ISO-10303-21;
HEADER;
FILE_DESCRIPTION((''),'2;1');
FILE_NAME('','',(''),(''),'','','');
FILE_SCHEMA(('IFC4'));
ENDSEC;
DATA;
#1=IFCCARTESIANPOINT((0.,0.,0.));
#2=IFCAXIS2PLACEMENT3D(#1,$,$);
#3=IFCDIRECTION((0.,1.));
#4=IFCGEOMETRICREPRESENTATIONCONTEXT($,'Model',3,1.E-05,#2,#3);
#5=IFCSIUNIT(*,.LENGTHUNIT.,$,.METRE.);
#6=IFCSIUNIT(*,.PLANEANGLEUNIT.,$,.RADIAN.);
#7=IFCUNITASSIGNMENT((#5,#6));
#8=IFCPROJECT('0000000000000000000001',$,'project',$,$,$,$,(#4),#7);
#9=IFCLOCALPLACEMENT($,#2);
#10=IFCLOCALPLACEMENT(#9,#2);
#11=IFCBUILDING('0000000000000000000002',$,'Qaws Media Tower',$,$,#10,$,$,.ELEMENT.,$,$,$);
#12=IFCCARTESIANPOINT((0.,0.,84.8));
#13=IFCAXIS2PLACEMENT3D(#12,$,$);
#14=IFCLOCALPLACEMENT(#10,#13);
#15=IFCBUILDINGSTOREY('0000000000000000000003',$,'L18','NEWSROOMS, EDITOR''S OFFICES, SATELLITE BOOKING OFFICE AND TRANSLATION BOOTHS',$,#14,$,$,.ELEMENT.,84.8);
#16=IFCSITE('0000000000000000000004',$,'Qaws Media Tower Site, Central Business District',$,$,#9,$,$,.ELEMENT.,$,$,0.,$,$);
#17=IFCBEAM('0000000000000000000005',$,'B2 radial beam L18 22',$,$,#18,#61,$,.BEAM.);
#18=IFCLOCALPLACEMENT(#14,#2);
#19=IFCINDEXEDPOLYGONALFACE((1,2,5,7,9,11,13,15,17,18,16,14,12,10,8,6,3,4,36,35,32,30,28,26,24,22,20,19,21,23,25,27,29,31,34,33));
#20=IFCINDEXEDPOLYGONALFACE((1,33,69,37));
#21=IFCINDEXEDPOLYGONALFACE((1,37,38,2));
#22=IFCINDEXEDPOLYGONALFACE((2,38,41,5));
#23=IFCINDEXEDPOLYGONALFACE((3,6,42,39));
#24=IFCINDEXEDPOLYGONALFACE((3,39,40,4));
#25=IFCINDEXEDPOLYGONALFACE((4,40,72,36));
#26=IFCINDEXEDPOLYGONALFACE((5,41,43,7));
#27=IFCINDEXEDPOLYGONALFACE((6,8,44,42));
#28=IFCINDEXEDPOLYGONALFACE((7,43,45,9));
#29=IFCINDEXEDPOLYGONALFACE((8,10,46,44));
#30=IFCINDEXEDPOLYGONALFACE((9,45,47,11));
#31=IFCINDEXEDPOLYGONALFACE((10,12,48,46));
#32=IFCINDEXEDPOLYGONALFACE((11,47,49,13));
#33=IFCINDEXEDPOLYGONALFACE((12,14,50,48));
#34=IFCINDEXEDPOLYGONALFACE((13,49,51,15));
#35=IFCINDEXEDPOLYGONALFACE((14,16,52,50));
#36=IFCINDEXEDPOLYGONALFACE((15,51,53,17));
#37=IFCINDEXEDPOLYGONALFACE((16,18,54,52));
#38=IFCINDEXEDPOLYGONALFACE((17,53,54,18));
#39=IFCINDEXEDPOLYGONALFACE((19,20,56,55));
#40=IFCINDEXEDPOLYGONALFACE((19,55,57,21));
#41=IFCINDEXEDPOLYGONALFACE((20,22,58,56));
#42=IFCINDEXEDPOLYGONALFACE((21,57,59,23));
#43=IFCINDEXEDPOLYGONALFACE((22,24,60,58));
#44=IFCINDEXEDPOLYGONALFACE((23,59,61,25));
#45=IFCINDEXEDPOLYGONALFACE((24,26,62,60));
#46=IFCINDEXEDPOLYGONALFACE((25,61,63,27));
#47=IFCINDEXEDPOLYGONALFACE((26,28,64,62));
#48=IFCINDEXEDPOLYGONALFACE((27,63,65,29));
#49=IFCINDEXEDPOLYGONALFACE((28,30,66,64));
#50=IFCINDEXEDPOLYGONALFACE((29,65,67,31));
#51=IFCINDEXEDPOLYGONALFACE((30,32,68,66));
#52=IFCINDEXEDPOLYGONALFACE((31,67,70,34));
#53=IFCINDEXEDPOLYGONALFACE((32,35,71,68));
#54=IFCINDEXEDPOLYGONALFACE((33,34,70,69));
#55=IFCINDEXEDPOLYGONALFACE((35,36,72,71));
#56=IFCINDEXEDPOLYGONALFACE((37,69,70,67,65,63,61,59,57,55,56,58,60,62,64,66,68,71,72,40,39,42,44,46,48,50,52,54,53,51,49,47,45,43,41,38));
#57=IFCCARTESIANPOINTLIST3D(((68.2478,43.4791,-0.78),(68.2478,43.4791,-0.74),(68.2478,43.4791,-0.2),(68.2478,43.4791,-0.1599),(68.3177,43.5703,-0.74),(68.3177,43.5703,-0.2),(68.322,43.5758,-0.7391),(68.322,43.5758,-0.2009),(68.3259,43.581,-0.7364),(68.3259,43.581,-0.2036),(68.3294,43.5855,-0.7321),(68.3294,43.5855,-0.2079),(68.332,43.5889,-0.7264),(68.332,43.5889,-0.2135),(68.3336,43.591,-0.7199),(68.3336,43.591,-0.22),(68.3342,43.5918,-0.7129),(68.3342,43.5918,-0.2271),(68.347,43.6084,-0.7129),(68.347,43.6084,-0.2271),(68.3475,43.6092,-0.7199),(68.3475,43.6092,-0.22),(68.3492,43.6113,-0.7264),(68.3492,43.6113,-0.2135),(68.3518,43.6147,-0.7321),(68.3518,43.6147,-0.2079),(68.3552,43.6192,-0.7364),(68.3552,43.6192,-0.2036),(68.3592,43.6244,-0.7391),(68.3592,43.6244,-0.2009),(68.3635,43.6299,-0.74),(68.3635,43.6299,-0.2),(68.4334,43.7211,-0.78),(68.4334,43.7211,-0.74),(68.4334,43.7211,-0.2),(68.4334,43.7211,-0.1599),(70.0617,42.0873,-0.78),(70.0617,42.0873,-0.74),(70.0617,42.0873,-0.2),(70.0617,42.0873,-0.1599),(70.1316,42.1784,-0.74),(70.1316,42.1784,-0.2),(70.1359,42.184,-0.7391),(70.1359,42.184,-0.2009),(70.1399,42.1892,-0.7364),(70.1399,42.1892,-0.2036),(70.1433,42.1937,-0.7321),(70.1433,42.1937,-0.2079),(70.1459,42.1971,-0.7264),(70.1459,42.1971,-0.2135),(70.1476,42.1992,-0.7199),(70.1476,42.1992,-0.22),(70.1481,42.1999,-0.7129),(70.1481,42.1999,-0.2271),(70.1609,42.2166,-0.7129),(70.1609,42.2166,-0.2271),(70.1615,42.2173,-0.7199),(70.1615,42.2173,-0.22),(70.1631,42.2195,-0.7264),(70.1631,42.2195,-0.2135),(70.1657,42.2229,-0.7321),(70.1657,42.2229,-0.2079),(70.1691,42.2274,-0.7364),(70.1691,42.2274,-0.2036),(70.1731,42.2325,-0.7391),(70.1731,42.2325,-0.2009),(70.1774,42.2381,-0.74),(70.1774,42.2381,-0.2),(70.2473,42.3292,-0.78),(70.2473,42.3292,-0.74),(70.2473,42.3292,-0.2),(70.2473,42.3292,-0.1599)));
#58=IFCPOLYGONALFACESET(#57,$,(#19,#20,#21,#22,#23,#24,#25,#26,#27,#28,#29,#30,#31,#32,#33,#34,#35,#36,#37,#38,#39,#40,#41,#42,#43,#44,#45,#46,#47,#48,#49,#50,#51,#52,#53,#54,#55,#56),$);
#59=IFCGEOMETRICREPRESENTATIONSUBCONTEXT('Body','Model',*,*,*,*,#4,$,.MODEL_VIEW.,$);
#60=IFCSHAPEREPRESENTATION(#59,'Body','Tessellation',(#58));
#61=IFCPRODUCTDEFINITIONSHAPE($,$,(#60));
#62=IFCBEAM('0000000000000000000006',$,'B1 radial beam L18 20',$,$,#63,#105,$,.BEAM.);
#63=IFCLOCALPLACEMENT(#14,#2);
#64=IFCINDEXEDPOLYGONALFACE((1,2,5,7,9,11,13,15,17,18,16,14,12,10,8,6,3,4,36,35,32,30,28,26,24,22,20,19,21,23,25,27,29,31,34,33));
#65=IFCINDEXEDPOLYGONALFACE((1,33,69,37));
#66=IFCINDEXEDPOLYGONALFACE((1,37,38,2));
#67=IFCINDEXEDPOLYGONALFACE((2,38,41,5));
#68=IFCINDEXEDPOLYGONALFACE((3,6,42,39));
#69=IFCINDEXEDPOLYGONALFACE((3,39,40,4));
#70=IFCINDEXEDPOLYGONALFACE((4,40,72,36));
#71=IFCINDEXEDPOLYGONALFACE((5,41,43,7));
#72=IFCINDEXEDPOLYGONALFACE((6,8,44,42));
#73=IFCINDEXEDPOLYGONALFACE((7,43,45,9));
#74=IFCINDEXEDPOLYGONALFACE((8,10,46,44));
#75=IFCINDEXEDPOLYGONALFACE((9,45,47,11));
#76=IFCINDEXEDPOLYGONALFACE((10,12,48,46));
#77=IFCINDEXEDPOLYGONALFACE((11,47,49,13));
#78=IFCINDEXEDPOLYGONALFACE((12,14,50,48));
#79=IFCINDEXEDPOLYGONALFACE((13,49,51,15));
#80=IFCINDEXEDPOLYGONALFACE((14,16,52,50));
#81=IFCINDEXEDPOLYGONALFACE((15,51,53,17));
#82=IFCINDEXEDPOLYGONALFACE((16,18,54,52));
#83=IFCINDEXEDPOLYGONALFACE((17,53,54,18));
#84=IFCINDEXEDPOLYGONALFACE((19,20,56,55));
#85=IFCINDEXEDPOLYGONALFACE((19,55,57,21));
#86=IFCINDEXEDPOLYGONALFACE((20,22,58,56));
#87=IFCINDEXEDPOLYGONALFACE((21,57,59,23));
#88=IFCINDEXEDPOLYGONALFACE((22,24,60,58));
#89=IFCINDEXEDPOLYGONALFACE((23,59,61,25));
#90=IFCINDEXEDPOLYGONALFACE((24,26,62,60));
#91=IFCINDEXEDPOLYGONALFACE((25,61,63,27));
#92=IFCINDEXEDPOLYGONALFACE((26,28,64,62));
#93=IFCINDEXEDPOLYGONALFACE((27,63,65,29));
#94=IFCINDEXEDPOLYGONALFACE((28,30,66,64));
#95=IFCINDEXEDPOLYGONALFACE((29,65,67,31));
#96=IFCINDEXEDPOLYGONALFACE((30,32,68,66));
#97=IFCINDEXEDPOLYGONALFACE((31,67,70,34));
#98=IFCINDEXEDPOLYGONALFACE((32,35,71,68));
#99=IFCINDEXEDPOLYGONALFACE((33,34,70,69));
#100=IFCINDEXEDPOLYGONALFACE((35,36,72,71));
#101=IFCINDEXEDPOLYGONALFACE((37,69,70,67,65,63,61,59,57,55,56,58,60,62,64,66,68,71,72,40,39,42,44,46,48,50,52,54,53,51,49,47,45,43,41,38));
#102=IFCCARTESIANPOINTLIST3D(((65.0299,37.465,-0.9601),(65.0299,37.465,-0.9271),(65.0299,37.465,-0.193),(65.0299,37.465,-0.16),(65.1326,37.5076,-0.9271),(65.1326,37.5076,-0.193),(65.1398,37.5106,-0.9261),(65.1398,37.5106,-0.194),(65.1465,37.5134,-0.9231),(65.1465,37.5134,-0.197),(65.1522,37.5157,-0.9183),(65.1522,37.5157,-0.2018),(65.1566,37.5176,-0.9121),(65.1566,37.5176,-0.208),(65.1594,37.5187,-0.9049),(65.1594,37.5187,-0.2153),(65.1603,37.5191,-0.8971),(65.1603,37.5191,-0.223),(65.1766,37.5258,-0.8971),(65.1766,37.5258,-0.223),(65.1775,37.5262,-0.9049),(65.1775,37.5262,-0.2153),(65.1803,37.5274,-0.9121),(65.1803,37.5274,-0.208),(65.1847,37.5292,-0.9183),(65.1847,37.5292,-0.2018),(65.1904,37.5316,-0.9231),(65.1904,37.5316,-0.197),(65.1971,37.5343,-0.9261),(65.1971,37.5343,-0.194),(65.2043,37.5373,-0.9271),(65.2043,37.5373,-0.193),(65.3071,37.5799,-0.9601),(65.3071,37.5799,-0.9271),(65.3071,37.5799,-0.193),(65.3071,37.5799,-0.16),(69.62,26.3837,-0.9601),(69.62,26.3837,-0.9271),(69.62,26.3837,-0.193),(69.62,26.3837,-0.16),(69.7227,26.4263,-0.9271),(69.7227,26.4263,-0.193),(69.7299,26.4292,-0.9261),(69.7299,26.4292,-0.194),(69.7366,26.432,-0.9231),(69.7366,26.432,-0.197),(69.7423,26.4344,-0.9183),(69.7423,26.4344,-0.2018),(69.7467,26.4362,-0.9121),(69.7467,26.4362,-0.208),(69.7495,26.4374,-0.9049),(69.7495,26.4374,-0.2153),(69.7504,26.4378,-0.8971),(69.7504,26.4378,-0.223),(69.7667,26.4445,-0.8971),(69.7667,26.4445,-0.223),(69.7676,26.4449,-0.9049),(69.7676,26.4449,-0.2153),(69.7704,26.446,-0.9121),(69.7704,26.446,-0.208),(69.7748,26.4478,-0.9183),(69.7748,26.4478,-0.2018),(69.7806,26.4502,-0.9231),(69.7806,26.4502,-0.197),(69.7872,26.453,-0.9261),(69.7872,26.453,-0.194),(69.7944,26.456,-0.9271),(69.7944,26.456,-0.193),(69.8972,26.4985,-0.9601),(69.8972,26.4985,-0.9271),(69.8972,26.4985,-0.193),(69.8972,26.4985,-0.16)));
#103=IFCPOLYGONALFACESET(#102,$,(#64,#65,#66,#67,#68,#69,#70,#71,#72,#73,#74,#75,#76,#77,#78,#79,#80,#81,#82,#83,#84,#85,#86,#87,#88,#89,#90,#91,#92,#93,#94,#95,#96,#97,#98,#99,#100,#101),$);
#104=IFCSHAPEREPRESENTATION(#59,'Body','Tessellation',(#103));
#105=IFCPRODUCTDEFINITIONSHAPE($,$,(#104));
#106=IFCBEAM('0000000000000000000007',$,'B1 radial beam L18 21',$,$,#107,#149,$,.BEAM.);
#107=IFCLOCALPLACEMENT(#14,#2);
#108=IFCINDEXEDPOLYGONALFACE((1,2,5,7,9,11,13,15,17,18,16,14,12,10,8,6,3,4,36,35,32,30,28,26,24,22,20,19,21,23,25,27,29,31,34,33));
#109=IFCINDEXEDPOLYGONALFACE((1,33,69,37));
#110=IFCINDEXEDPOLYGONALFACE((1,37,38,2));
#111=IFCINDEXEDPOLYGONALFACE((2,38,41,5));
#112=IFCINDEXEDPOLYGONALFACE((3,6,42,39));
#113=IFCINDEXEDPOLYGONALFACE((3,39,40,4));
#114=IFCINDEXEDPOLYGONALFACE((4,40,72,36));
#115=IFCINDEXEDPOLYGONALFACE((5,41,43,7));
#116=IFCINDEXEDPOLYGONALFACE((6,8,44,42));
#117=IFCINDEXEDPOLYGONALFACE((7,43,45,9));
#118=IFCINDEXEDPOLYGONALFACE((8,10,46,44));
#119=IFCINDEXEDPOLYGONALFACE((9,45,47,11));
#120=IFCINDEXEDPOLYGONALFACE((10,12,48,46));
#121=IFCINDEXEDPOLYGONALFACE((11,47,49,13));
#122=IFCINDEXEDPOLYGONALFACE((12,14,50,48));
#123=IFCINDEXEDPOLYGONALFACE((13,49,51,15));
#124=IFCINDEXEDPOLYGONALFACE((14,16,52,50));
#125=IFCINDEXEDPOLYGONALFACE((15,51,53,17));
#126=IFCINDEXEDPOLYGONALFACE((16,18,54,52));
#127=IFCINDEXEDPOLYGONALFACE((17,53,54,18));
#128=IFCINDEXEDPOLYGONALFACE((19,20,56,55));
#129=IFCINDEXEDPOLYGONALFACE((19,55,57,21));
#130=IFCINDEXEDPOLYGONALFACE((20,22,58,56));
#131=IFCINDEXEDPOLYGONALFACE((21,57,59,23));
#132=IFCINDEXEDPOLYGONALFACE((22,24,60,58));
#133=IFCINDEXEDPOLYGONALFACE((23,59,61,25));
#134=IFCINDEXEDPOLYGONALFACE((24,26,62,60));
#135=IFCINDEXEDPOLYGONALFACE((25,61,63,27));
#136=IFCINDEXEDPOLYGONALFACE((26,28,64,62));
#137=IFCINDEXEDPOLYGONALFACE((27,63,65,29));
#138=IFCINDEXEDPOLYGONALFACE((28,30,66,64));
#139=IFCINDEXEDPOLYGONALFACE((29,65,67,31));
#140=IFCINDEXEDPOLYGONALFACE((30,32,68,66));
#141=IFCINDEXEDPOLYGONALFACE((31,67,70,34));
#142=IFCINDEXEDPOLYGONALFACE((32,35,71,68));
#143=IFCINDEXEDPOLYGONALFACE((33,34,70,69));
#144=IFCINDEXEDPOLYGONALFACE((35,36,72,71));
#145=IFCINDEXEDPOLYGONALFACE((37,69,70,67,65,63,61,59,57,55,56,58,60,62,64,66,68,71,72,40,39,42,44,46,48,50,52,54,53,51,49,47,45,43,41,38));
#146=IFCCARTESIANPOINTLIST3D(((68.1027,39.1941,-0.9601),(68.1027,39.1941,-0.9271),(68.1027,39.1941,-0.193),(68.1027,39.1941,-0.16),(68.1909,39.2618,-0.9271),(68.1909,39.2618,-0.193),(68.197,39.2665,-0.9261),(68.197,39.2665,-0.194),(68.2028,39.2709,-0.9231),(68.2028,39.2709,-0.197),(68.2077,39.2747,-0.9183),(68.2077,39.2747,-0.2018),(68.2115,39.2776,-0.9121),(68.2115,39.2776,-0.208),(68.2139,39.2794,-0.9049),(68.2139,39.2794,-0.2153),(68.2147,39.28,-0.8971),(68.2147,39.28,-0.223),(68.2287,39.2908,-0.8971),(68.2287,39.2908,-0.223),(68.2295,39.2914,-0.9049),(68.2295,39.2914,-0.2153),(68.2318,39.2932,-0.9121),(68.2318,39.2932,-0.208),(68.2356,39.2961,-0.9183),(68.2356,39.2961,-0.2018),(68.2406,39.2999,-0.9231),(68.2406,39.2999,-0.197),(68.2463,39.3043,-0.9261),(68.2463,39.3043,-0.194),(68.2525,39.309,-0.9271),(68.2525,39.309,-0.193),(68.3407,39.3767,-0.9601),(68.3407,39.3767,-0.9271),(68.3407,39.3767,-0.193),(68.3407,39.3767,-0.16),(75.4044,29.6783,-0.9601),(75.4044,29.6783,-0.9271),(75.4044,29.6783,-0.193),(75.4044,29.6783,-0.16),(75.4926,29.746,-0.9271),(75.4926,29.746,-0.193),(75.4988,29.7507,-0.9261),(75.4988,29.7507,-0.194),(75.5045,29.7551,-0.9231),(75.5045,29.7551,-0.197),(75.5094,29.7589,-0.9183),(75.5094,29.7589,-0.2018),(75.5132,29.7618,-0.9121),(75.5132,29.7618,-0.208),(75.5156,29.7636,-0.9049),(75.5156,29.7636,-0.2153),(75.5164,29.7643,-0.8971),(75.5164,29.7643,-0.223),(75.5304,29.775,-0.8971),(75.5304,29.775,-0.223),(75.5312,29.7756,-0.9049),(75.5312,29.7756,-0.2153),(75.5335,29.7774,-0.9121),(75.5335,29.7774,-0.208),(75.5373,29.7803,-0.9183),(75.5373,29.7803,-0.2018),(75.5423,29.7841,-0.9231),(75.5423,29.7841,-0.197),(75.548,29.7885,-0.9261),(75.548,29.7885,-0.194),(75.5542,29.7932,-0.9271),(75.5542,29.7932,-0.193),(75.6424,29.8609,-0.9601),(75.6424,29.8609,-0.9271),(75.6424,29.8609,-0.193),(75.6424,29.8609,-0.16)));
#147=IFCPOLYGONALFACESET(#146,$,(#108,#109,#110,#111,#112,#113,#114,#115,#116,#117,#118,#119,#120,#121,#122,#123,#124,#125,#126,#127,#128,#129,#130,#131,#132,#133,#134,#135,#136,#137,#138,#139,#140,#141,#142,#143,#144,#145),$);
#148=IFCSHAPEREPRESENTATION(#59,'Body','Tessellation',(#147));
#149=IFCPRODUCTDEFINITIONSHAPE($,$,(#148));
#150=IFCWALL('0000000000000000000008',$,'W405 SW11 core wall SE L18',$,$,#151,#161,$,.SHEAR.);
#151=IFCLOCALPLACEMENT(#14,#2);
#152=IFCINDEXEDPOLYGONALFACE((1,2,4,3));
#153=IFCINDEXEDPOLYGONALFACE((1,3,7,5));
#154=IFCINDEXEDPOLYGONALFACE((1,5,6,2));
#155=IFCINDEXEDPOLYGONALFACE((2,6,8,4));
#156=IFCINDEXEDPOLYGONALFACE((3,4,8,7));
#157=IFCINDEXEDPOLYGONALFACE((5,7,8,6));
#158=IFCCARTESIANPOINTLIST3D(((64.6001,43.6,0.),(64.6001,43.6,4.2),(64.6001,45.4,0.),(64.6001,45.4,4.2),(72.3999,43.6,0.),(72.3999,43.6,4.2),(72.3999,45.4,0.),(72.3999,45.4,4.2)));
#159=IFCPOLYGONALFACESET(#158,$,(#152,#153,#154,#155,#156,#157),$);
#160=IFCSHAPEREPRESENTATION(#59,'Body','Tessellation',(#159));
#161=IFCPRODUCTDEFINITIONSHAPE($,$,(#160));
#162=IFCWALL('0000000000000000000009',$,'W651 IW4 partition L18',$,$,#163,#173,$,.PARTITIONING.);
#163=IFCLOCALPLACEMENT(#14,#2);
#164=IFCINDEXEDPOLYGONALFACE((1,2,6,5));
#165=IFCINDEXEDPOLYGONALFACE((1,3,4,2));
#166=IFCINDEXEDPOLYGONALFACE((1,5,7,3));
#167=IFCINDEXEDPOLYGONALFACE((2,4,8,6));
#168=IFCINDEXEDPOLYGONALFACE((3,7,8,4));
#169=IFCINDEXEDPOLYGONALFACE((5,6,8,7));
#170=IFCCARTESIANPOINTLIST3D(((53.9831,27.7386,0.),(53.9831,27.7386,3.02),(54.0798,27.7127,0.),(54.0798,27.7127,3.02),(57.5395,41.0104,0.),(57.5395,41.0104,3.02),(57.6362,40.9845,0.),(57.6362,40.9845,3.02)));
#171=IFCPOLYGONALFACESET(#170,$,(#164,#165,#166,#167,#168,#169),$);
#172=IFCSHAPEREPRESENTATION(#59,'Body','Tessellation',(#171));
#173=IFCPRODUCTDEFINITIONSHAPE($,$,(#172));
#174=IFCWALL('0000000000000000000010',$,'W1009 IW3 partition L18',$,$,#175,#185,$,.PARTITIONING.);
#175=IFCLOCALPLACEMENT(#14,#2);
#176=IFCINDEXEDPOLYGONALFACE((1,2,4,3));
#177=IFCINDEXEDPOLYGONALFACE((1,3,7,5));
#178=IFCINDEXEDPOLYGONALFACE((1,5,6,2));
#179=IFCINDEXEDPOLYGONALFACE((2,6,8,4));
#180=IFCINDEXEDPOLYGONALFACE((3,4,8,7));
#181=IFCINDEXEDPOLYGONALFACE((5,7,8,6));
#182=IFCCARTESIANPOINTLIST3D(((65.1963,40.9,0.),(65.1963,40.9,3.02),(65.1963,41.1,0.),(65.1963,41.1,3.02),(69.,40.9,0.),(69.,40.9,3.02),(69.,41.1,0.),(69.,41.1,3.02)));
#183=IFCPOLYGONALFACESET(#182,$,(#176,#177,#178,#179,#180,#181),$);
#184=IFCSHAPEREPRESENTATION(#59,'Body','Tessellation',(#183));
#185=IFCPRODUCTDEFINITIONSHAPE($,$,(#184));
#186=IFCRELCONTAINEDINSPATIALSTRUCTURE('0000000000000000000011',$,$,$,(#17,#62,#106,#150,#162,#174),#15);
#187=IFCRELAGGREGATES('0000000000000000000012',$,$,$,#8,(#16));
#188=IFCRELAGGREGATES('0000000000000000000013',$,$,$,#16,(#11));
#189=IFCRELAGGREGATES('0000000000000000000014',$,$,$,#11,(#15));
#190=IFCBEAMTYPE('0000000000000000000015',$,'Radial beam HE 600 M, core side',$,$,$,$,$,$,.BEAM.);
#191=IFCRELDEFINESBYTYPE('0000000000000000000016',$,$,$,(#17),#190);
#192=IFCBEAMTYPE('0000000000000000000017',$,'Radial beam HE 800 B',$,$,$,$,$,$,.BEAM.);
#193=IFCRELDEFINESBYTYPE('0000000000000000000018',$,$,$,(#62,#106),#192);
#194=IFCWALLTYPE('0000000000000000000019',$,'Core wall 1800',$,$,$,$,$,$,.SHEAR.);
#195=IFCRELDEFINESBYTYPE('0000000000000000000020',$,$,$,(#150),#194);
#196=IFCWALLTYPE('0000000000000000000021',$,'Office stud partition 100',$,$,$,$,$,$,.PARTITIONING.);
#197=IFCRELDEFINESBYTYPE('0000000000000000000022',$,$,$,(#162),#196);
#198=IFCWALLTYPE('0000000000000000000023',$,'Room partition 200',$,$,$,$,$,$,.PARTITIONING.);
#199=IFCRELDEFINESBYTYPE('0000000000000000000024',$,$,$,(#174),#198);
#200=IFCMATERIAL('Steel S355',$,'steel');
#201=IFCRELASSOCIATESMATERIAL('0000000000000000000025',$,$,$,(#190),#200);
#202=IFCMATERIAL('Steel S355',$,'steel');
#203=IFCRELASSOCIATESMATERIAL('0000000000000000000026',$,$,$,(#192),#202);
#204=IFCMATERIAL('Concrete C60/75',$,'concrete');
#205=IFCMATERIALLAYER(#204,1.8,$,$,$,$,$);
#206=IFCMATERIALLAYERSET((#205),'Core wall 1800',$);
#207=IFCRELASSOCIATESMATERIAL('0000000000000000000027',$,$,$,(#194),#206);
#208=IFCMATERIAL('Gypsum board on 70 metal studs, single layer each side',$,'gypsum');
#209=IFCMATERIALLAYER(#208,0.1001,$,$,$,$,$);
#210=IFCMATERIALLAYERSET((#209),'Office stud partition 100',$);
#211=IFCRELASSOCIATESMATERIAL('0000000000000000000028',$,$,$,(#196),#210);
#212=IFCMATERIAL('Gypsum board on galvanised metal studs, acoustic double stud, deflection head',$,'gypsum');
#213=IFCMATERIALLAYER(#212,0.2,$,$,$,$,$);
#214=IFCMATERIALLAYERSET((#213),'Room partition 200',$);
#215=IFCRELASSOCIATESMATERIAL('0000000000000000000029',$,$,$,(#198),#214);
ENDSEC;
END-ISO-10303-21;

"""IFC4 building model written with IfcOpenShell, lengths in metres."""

from ifc_helpers import new_model, si_unit, direction, frame, frame_2d, origin, origin_2d, place, context, subcontext, project, spatial, rectangle, i_section, extrude, material, layer, layer_set, material_profile, profile_set, type_object, element, save


model = new_model("IFC4")

# Units and contexts
model_context = context("Model", 3, precision=1e-05, world=origin(), true_north=direction((0.0, 1.0)))
body_context = subcontext(model_context, "Body", "Model", "MODEL_VIEW")
ifc_project = project(units=[si_unit("LENGTHUNIT", "METRE"), si_unit("PLANEANGLEUNIT", "RADIAN")], contexts=[model_context])

# Site, building, storey
site_placement = place(None, origin())
site = spatial("IfcSite", under=ifc_project, at=site_placement, Name="Qaws Media Tower Site, Central Business District", CompositionType="ELEMENT", RefElevation=0.0)
building_placement = place(site_placement, origin())
building = spatial("IfcBuilding", under=site, at=building_placement, Name="Qaws Media Tower", CompositionType="ELEMENT")
storey_placement = place(building_placement, frame((0.0, 0.0, 84.8)))
storey = spatial("IfcBuildingStorey", under=building, at=storey_placement, Name="L18", Description="NEWSROOMS, EDITOR'S OFFICES, SATELLITE BOOKING OFFICE AND TRANSLATION BOOTHS", CompositionType="ELEMENT", Elevation=84.8)

# Beams
ifc_material_1 = material(Name="Steel S355", Category="steel")
ifc_material_profile_1 = material_profile(ifc_material_1, i_section(OverallWidth=0.3049, OverallDepth=0.6201, WebThickness=0.021, FlangeThickness=0.04, FilletRadius=0.0271, at=origin_2d()), Name="HE 600 M")
ifc_profile_set_1 = profile_set([ifc_material_profile_1], Name="Steel S355")
beam_type_1 = type_object("IfcBeamType", Name="Radial beam HE 600 M, core side", PredefinedType="BEAM", material=ifc_profile_set_1)
beam_1_placement = place(storey_placement, frame((68.3406, 43.6001, -0.47), z_axis=(0.793366, -0.608745, 0.0), x_axis=(0.608745, 0.793366, 0.0)))
element("IfcBeam", 1, at=beam_1_placement, inside=storey, type_object=beam_type_1, Name="B2 radial beam L18 22", PredefinedType="BEAM", context=body_context, shape_type="SweptSolid", body=[
    extrude(i_section(OverallWidth=0.3049, OverallDepth=0.6201, WebThickness=0.021, FlangeThickness=0.04, FilletRadius=0.0271, at=origin_2d()), origin(), (0.0, 0.0, 1.0), 2.2864),
])
ifc_material_2 = material(Name="Steel S355", Category="steel")
ifc_material_profile_2 = material_profile(ifc_material_2, i_section(OverallWidth=0.3, OverallDepth=0.8, WebThickness=0.0176, FlangeThickness=0.033, FilletRadius=0.03, at=origin_2d()), Name="HE 800 B")
ifc_profile_set_2 = profile_set([ifc_material_profile_2], Name="Steel S355")
beam_type_2 = type_object("IfcBeamType", Name="Radial beam HE 800 B", PredefinedType="BEAM", material=ifc_profile_set_2)
for number, where, z_axis, x_axis, name in (
    (2, (65.1685, 37.5225, -0.5601), (0.382688, -0.923878, 0.0), (0.923878, 0.382688, 0.0), "B1 radial beam L18 20"),
    (3, (68.2217, 39.2854, -0.5601), (0.60876, -0.793354, 0.0), (0.793354, 0.60876, 0.0), "B1 radial beam L18 21"),
):
    element("IfcBeam", number, at=place(storey_placement, frame(where, z_axis=z_axis, x_axis=x_axis)), inside=storey, type_object=beam_type_2, Name=name, PredefinedType="BEAM", context=body_context, shape_type="SweptSolid", body=[
        extrude(i_section(OverallWidth=0.3, OverallDepth=0.8, WebThickness=0.0176, FlangeThickness=0.033, FilletRadius=0.03, at=origin_2d()), origin(), (0.0, 0.0, 1.0), 11.9944),
    ])

# Walls
ifc_material_3 = material(Name="Concrete C60/75", Category="concrete")
ifc_layer_1 = layer(ifc_material_3, 1.8)
ifc_layer_set_1 = layer_set([ifc_layer_1], Name="Core wall 1800")
wall_type_1 = type_object("IfcWallType", Name="Core wall 1800", PredefinedType="SHEAR", material=ifc_layer_set_1)
wall_1_placement = place(storey_placement, frame((64.6001, 44.5, 0.0), z_axis=(0.0, 0.0, 1.0), x_axis=(1.0, 0.0, 0.0)))
element("IfcWall", 4, at=wall_1_placement, inside=storey, type_object=wall_type_1, Name="W405 SW11 core wall SE L18", PredefinedType="SHEAR", context=body_context, shape_type="SweptSolid", body=[
    extrude(rectangle(XDim=7.7998, YDim=1.8, at=frame_2d((3.8999, 0.0))), origin(), (0.0, 0.0, 1.0), 4.2),
])
ifc_material_4 = material(Name="Gypsum board on 70 metal studs, single layer each side", Category="gypsum")
ifc_layer_2 = layer(ifc_material_4, 0.1001)
ifc_layer_set_2 = layer_set([ifc_layer_2], Name="Office stud partition 100")
wall_type_2 = type_object("IfcWallType", Name="Office stud partition 100", PredefinedType="PARTITIONING", material=ifc_layer_set_2)
wall_2_placement = place(storey_placement, frame((57.5879, 40.9976, 0.0), z_axis=(0.0, 0.0, 1.0), x_axis=(-0.258836, -0.965921, 0.0)))
element("IfcWall", 5, at=wall_2_placement, inside=storey, type_object=wall_type_2, Name="W651 IW4 partition L18", PredefinedType="PARTITIONING", context=body_context, shape_type="SweptSolid", body=[
    extrude(rectangle(XDim=13.74, YDim=0.1001, at=frame_2d((6.8701, 0.0))), origin(), (0.0, 0.0, 1.0), 3.02),
])
ifc_material_5 = material(Name="Gypsum board on galvanised metal studs, acoustic double stud, deflection head", Category="gypsum")
ifc_layer_3 = layer(ifc_material_5, 0.2)
ifc_layer_set_3 = layer_set([ifc_layer_3], Name="Room partition 200")
wall_type_3 = type_object("IfcWallType", Name="Room partition 200", PredefinedType="PARTITIONING", material=ifc_layer_set_3)
wall_3_placement = place(storey_placement, frame((69.0, 41.0, 0.0), z_axis=(0.0, 0.0, 1.0), x_axis=(-1.0, 0.0, 0.0)))
element("IfcWall", 6, at=wall_3_placement, inside=storey, type_object=wall_type_3, Name="W1009 IW3 partition L18", PredefinedType="PARTITIONING", context=body_context, shape_type="SweptSolid", body=[
    extrude(rectangle(XDim=3.8037, YDim=0.2, at=frame_2d((1.9019, 0.0))), origin(), (0.0, 0.0, 1.0), 3.02),
])

save(model, "model.ifc")
